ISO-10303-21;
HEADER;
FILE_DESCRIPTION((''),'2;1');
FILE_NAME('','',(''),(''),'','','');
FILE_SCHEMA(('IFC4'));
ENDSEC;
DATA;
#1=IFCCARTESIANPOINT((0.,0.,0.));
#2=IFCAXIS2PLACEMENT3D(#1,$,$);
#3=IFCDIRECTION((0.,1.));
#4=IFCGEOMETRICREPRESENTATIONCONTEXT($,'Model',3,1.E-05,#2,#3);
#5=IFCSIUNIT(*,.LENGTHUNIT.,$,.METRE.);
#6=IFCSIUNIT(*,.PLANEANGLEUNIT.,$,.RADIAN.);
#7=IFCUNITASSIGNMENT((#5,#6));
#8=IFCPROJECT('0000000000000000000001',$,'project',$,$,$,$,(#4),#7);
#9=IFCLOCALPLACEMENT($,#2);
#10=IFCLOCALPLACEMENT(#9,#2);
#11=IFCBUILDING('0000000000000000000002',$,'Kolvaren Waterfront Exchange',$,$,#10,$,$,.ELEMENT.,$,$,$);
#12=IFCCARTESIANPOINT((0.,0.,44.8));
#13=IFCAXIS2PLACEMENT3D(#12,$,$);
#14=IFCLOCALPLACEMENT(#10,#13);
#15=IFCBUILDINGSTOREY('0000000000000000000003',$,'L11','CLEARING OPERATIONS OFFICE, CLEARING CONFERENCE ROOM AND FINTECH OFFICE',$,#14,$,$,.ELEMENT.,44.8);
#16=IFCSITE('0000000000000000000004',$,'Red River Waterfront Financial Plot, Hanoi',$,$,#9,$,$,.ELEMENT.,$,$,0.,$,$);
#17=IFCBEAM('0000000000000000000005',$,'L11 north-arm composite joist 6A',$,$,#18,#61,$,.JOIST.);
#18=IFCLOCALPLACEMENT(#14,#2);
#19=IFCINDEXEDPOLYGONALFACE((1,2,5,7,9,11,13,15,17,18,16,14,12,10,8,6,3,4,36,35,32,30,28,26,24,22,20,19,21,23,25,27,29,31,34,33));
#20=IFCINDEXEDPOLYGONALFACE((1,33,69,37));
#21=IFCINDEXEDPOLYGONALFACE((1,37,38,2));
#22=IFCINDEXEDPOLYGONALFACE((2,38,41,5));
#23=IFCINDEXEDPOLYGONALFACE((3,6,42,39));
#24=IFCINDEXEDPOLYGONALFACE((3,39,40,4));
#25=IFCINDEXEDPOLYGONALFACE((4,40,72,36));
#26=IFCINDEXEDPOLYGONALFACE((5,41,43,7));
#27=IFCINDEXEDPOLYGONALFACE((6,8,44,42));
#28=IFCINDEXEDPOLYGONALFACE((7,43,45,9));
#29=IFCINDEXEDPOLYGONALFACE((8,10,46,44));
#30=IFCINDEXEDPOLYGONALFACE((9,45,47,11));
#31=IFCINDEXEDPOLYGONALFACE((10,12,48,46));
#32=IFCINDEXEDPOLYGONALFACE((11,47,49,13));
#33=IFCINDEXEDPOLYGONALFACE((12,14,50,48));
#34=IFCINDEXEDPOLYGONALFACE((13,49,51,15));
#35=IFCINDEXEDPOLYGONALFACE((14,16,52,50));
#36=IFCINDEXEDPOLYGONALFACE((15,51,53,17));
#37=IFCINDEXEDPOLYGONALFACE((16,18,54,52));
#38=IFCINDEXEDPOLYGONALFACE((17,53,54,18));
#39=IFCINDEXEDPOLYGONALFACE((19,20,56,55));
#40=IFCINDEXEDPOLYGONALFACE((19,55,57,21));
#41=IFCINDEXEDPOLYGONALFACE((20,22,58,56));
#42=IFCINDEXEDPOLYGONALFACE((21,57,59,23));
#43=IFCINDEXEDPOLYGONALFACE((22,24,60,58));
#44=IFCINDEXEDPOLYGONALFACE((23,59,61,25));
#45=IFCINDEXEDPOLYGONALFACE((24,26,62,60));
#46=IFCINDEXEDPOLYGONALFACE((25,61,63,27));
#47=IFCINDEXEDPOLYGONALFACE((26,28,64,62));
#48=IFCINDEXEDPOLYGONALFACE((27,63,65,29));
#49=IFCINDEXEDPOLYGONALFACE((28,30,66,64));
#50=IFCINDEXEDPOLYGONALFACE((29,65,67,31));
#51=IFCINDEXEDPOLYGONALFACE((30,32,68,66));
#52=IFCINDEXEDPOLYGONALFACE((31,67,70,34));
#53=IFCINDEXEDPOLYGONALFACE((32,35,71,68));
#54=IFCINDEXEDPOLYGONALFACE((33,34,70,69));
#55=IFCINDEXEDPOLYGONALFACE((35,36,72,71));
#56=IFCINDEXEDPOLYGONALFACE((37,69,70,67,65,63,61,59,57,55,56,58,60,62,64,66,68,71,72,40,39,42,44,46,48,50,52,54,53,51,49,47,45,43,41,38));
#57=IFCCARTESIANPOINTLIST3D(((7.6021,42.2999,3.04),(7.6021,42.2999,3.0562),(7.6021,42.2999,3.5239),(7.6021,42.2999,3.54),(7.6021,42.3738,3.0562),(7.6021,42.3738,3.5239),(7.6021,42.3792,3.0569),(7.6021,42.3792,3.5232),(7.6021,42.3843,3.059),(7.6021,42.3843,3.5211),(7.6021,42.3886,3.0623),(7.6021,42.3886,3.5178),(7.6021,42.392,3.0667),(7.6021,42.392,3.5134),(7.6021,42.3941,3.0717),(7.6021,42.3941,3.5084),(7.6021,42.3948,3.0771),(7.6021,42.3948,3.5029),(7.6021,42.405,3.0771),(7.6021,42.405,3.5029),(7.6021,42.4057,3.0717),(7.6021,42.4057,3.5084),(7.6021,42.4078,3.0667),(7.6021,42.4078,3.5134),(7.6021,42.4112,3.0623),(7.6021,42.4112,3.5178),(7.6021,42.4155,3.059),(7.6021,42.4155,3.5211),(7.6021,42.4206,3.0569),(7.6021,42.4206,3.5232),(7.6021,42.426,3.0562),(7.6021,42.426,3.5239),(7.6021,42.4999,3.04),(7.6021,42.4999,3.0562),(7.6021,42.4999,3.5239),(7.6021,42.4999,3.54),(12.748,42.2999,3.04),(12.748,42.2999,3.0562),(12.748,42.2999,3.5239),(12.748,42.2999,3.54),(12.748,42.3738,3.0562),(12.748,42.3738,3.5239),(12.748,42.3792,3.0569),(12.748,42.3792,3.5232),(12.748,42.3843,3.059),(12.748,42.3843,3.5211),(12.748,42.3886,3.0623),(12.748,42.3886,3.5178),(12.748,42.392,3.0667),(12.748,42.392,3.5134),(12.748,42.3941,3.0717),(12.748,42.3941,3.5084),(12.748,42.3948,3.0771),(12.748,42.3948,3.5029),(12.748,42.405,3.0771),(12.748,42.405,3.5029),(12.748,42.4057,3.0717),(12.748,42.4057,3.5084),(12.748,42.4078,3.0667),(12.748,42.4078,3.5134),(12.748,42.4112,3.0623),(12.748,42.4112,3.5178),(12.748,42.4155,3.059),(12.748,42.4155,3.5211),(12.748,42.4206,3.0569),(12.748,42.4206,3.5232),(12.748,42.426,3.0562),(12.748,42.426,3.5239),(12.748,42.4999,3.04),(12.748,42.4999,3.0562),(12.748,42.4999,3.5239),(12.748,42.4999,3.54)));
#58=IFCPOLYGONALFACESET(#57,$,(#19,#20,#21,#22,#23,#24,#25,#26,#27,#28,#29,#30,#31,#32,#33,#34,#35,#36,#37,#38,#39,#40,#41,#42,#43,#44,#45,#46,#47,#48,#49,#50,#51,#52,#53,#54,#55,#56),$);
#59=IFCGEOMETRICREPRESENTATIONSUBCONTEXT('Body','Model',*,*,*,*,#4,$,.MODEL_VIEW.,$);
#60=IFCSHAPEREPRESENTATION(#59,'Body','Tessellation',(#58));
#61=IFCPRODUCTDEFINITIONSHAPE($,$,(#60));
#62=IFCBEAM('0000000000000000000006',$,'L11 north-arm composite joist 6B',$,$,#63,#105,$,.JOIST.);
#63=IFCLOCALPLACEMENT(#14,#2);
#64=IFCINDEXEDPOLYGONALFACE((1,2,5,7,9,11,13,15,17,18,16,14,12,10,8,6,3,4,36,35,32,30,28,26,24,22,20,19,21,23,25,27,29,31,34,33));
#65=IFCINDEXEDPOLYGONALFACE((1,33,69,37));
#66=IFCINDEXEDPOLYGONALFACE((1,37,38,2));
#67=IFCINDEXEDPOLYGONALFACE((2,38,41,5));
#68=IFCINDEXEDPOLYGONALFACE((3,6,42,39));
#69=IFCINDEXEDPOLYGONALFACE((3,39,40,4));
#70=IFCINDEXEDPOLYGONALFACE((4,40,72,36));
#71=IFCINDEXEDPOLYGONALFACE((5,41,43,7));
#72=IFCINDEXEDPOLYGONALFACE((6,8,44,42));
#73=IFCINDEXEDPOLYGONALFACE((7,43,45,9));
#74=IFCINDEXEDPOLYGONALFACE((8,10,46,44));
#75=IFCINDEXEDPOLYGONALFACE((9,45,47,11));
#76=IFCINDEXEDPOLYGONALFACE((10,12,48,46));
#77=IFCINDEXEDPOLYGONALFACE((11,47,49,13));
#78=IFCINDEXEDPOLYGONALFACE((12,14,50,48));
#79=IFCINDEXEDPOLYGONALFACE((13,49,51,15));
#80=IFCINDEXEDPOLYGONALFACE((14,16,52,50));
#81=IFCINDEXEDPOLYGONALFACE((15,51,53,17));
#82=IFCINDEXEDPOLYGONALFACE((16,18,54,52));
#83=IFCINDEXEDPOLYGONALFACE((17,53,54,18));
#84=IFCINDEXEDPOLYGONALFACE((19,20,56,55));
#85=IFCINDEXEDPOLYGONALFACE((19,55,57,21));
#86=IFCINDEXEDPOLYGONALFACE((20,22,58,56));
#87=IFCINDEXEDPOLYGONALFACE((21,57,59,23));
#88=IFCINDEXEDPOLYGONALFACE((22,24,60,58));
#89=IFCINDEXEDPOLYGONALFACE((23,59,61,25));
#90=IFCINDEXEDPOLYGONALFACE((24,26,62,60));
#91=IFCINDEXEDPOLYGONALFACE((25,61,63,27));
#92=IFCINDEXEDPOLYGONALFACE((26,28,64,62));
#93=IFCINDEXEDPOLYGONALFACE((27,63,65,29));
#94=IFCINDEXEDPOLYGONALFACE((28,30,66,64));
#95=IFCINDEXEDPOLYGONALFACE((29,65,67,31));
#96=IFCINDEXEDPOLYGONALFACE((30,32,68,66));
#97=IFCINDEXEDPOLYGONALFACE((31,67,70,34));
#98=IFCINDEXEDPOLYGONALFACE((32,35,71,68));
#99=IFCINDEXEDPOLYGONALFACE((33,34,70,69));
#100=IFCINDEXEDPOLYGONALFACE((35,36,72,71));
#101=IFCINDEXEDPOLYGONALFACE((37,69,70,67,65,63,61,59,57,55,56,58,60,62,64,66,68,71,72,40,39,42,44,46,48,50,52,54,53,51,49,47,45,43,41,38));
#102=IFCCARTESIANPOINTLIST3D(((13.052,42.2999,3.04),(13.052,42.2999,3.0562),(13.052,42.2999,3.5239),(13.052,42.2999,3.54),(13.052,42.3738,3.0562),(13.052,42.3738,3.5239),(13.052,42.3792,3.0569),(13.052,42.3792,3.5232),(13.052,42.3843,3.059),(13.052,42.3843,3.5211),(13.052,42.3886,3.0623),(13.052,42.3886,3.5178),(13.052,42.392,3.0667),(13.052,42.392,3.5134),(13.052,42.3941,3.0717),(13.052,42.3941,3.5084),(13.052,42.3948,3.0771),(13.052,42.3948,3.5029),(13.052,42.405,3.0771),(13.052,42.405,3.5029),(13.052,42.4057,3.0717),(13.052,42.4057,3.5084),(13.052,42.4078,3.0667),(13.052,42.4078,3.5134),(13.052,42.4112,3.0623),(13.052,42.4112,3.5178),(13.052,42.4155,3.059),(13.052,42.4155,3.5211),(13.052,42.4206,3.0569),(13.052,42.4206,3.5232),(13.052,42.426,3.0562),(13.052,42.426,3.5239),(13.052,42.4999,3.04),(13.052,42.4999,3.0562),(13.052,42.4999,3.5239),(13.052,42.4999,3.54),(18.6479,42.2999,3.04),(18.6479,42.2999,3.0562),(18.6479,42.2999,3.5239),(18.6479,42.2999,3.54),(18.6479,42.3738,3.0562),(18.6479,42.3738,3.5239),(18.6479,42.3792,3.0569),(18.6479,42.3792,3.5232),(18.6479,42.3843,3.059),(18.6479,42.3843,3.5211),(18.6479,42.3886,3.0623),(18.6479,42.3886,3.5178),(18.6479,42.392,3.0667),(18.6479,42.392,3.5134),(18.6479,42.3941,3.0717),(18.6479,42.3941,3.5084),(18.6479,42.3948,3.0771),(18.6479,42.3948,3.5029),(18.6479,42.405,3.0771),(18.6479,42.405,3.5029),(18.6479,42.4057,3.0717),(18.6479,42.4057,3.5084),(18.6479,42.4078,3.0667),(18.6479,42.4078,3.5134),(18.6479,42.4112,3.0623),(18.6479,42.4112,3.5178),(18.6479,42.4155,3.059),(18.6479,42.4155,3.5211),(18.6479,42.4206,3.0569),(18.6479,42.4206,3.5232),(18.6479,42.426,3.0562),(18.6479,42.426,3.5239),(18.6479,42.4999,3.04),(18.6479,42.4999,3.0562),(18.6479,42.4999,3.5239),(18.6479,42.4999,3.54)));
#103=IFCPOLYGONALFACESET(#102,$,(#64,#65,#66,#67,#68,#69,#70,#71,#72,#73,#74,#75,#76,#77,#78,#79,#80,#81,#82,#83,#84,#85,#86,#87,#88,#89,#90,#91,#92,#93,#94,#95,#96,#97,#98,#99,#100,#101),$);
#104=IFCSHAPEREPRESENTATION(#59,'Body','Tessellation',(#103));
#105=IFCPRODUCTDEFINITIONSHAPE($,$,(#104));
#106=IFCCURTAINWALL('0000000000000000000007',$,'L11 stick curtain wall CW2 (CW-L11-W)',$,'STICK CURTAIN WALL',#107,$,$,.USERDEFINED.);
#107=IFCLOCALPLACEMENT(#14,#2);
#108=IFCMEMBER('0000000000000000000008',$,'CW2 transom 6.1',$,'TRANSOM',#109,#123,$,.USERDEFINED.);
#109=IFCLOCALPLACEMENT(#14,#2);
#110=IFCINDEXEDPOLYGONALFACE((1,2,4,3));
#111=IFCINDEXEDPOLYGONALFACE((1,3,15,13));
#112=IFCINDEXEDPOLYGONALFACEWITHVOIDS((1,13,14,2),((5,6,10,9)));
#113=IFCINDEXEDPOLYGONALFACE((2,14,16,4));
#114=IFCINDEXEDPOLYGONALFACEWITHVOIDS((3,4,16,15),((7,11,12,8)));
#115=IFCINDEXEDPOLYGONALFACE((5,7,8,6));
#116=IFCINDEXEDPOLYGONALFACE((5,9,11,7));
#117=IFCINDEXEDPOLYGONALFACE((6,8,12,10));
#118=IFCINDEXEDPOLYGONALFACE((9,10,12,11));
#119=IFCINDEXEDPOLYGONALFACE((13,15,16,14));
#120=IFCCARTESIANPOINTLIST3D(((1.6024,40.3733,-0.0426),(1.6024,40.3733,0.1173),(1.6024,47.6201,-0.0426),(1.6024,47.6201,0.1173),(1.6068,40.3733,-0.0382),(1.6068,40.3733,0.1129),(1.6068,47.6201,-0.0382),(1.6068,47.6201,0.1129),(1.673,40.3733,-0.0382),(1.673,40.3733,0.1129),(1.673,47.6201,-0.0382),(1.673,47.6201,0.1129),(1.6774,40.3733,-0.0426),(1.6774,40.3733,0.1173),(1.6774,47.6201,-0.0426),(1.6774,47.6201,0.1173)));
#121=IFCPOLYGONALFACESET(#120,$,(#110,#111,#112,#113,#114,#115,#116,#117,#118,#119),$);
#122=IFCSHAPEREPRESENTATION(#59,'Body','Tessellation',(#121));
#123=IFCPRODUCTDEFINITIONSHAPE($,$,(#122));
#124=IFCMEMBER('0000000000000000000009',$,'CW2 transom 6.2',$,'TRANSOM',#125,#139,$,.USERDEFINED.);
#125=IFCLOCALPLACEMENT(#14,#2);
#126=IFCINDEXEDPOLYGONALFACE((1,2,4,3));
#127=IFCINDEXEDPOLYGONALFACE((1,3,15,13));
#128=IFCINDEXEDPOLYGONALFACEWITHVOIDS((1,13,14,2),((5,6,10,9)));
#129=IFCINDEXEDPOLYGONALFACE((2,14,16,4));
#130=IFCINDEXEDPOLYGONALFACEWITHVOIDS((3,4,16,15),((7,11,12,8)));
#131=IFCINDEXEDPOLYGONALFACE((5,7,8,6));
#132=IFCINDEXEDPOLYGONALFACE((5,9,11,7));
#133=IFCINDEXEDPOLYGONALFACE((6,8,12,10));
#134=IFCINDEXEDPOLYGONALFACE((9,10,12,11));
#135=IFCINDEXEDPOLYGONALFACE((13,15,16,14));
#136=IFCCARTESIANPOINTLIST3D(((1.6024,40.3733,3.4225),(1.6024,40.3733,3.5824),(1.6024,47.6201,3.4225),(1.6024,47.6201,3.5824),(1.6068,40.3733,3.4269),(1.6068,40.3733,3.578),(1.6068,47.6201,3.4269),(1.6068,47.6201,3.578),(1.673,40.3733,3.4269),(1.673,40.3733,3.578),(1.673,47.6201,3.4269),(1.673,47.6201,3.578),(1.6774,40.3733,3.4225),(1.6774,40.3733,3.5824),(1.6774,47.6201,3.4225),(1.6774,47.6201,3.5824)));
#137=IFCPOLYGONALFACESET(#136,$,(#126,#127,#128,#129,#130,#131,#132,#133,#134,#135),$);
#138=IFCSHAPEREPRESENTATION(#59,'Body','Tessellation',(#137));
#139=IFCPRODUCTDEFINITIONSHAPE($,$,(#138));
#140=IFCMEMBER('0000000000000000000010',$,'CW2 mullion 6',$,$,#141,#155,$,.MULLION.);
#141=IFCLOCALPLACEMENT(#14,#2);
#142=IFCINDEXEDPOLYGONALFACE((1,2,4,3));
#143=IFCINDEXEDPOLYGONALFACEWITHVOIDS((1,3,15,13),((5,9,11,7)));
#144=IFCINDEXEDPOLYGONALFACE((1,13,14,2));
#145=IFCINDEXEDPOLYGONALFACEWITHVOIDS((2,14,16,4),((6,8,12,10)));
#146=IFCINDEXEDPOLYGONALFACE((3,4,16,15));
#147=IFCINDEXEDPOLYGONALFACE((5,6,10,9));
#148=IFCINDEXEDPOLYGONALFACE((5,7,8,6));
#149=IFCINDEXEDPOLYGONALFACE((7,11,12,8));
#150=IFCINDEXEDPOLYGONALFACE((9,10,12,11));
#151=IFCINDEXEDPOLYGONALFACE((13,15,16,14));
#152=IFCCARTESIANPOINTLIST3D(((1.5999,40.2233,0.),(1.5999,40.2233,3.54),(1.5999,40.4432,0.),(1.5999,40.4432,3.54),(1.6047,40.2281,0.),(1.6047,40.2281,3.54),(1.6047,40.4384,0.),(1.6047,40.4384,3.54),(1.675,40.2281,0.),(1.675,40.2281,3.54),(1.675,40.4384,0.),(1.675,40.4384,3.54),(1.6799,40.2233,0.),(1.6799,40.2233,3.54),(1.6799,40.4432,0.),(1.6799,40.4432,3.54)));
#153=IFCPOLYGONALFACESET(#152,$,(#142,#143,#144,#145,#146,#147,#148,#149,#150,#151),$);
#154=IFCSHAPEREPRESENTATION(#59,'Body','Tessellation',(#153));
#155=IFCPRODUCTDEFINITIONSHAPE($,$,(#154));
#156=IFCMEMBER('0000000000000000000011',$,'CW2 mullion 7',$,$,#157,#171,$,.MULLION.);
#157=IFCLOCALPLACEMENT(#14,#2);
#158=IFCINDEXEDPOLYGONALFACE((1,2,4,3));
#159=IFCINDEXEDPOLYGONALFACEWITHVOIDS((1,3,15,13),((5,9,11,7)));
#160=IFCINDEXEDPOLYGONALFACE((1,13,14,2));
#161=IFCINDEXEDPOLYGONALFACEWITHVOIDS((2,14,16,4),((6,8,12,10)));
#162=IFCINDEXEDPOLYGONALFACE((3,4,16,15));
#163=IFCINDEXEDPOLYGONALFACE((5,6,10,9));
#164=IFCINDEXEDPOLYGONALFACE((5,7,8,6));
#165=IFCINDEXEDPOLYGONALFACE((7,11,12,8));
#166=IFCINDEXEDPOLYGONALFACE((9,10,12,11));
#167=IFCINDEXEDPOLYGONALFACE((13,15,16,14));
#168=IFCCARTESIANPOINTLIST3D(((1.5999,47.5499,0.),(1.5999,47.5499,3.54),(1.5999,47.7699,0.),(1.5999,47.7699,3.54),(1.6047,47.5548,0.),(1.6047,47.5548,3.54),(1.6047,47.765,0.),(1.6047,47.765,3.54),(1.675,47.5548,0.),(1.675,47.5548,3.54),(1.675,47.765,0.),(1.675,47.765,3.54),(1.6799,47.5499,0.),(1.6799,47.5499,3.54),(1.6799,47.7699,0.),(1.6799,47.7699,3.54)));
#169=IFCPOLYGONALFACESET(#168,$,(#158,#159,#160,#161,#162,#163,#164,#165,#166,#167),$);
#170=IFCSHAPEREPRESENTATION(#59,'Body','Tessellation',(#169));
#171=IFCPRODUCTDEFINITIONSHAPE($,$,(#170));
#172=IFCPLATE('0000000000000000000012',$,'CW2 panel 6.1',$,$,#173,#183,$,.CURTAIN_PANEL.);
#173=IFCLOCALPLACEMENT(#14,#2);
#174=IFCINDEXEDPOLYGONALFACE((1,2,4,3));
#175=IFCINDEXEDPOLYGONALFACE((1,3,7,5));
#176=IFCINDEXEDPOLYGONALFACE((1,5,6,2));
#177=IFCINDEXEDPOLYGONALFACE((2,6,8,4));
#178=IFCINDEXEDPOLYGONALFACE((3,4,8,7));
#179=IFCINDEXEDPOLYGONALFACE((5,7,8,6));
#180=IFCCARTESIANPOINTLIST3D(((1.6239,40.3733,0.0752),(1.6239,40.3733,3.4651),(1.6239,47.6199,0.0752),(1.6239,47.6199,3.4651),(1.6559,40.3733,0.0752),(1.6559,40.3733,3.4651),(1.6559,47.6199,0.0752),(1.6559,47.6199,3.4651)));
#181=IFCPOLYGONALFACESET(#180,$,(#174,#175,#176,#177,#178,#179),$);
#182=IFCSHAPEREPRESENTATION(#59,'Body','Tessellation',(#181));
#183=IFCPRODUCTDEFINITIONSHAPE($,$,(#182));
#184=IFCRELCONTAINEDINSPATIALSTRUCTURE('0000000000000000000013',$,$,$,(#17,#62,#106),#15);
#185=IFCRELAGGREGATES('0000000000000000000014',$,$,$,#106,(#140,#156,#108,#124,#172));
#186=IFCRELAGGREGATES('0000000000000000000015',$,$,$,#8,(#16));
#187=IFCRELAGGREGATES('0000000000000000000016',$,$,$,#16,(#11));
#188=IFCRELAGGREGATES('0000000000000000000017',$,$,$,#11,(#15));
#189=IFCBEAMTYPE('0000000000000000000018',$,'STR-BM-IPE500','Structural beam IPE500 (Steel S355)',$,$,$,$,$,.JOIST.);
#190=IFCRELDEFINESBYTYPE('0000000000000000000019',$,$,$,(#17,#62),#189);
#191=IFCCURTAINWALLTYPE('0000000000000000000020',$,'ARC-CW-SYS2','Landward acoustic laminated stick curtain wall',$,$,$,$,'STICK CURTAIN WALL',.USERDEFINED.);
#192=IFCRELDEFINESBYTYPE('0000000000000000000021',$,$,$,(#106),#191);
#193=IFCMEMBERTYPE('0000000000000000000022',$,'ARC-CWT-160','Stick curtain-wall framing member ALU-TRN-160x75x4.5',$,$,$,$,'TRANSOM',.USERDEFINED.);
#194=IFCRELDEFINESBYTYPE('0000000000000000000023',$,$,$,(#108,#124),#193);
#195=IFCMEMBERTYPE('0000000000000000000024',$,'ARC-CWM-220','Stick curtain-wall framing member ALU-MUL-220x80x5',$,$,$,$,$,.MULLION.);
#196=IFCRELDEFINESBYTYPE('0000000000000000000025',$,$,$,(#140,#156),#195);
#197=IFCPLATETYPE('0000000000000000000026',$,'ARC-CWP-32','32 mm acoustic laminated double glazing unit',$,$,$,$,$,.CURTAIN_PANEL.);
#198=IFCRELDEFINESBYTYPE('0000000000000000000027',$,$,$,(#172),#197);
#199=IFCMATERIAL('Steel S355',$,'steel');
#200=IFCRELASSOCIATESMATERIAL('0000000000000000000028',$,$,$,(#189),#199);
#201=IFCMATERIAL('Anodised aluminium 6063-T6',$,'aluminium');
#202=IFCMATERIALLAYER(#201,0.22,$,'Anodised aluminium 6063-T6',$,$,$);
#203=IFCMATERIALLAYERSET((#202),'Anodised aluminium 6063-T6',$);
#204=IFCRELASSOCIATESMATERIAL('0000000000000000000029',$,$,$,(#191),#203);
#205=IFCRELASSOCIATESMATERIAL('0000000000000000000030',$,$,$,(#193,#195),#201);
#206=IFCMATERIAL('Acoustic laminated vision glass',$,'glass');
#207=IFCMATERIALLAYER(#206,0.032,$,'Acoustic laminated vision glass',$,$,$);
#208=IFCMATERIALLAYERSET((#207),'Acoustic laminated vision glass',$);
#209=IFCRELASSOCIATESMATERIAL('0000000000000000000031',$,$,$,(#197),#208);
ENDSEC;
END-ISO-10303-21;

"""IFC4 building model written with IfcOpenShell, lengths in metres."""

from ifc_helpers import new_model, si_unit, direction, frame, origin, origin_with_axes, origin_2d, place, context, subcontext, project, spatial, rectangle, hollow_rectangle, i_section, extrude, source, transform, mapped, material, layer, layer_set, material_profile, profile_set, type_object, element, aggregate, save


model = new_model("IFC4")

# Units and contexts
model_context = context("Model", 3, precision=1e-05, world=origin(), true_north=direction((0.0, 1.0)))
body_context = subcontext(model_context, "Body", "Model", "MODEL_VIEW")
ifc_project = project(units=[si_unit("LENGTHUNIT", "METRE"), si_unit("PLANEANGLEUNIT", "RADIAN")], contexts=[model_context])

# Site, building, storey
site_placement = place(None, origin())
site = spatial("IfcSite", under=ifc_project, at=site_placement, Name="Red River Waterfront Financial Plot, Hanoi", CompositionType="ELEMENT", RefElevation=0.0)
building_placement = place(site_placement, origin())
building = spatial("IfcBuilding", under=site, at=building_placement, Name="Kolvaren Waterfront Exchange", CompositionType="ELEMENT")
storey_placement = place(building_placement, frame((0.0, 0.0, 44.8)))
storey = spatial("IfcBuildingStorey", under=building, at=storey_placement, Name="L11", Description="CLEARING OPERATIONS OFFICE, CLEARING CONFERENCE ROOM AND FINTECH OFFICE", CompositionType="ELEMENT", Elevation=44.8)

# Beams
ifc_material_1 = material(Name="Steel S355", Category="steel")
ifc_material_profile_1 = material_profile(ifc_material_1, i_section(OverallWidth=0.2, OverallDepth=0.5, WebThickness=0.0103, FlangeThickness=0.0161, FilletRadius=0.021, at=origin_2d()), Name="IPE500")
ifc_profile_set_1 = profile_set([ifc_material_profile_1], Name="Steel S355")
beam_type_1 = type_object("IfcBeamType", Name="STR-BM-IPE500", Description="Structural beam IPE500 (Steel S355)", PredefinedType="JOIST", material=ifc_profile_set_1)
beam_1_placement = place(storey_placement, frame((7.6021, 42.3999, 3.29), z_axis=(1.0, 0.0, 0.0), x_axis=(0.0, 1.0, 0.0)))
element("IfcBeam", 1, at=beam_1_placement, inside=storey, type_object=beam_type_1, Name="L11 north-arm composite joist 6A", PredefinedType="JOIST", context=body_context, shape_type="SweptSolid", body=[
    extrude(i_section(OverallWidth=0.2, OverallDepth=0.5, WebThickness=0.0103, FlangeThickness=0.0161, FilletRadius=0.021, at=origin_2d()), origin(), (0.0, 0.0, 1.0), 5.146),
])
beam_2_placement = place(storey_placement, frame((13.052, 42.3999, 3.29), z_axis=(1.0, 0.0, 0.0), x_axis=(0.0, 1.0, 0.0)))
element("IfcBeam", 2, at=beam_2_placement, inside=storey, type_object=beam_type_1, Name="L11 north-arm composite joist 6B", PredefinedType="JOIST", context=body_context, shape_type="SweptSolid", body=[
    extrude(i_section(OverallWidth=0.2, OverallDepth=0.5, WebThickness=0.0103, FlangeThickness=0.0161, FilletRadius=0.021, at=origin_2d()), origin(), (0.0, 0.0, 1.0), 5.5959),
])

# Curtain wall, members, plate
ifc_material_2 = material(Name="Anodised aluminium 6063-T6", Category="aluminium")
ifc_layer_1 = layer(ifc_material_2, 0.22, Name="Anodised aluminium 6063-T6")
ifc_layer_set_1 = layer_set([ifc_layer_1], Name="Anodised aluminium 6063-T6")
curtain_wall_type = type_object("IfcCurtainWallType", Name="ARC-CW-SYS2", Description="Landward acoustic laminated stick curtain wall", ElementType="STICK CURTAIN WALL", PredefinedType="USERDEFINED", material=ifc_layer_set_1)
curtain_wall_placement = place(storey_placement, origin())
curtain_wall = element("IfcCurtainWall", 3, at=curtain_wall_placement, inside=storey, type_object=curtain_wall_type, Name="L11 stick curtain wall CW2 (CW-L11-W)", ObjectType="STICK CURTAIN WALL", PredefinedType="USERDEFINED")
ifc_material_profile_2 = material_profile(ifc_material_2, hollow_rectangle(XDim=0.075, YDim=0.1599, WallThickness=0.0044, at=origin_2d()), Name="ALU-TRN-160x75x4.5")
ifc_profile_set_2 = profile_set([ifc_material_profile_2], Name="Anodised aluminium 6063-T6")
member_type_1 = type_object("IfcMemberType", Name="ARC-CWT-160", Description="Stick curtain-wall framing member ALU-TRN-160x75x4.5", ElementType="TRANSOM", PredefinedType="USERDEFINED", material=ifc_profile_set_2)
shared_shape_1 = source(origin_with_axes(), body_context, "Body", "SweptSolid", [
    extrude(hollow_rectangle(XDim=0.075, YDim=0.1599, WallThickness=0.0044, at=origin_2d()), origin(), (0.0, 0.0, 1.0), 7.2468),
])
member_1_placement = place(storey_placement, frame((1.6399, 40.3733, 0.0374), z_axis=(0.0, 1.0, 0.0), x_axis=(-1.0, 0.0, 0.0)))
member_1 = element("IfcMember", 4, at=member_1_placement, type_object=member_type_1, Name="CW2 transom 6.1", ObjectType="TRANSOM", PredefinedType="USERDEFINED", context=body_context, shape_type="MappedRepresentation", body=[
    mapped(shared_shape_1, transform((0.0, 0.0, 0.0), x_axis=(1.0, 0.0, 0.0), y_axis=(0.0, 1.0, 0.0), z_axis=(0.0, 0.0, 1.0), scale=1.0)),
])
member_2_placement = place(storey_placement, frame((1.6399, 40.3733, 3.5024), z_axis=(0.0, 1.0, 0.0), x_axis=(-1.0, 0.0, 0.0)))
member_2 = element("IfcMember", 5, at=member_2_placement, type_object=member_type_1, Name="CW2 transom 6.2", ObjectType="TRANSOM", PredefinedType="USERDEFINED", context=body_context, shape_type="MappedRepresentation", body=[
    mapped(shared_shape_1, transform((0.0, 0.0, 0.0), x_axis=(1.0, 0.0, 0.0), y_axis=(0.0, 1.0, 0.0), z_axis=(0.0, 0.0, 1.0), scale=1.0)),
])
ifc_material_profile_3 = material_profile(ifc_material_2, hollow_rectangle(XDim=0.0801, YDim=0.22, WallThickness=0.0049, at=origin_2d()), Name="ALU-MUL-220x80x5")
ifc_profile_set_3 = profile_set([ifc_material_profile_3], Name="Anodised aluminium 6063-T6")
member_type_2 = type_object("IfcMemberType", Name="ARC-CWM-220", Description="Stick curtain-wall framing member ALU-MUL-220x80x5", PredefinedType="MULLION", material=ifc_profile_set_3)
shared_shape_2 = source(origin_with_axes(), body_context, "Body", "SweptSolid", [
    extrude(hollow_rectangle(XDim=0.0801, YDim=0.22, WallThickness=0.0049, at=origin_2d()), origin(), (0.0, 0.0, 1.0), 3.54),
])
member_3_placement = place(storey_placement, frame((1.6399, 40.3333, 0.0), z_axis=(0.0, 0.0, 1.0), x_axis=(-1.0, 0.0, 0.0)))
member_3 = element("IfcMember", 6, at=member_3_placement, type_object=member_type_2, Name="CW2 mullion 6", PredefinedType="MULLION", context=body_context, shape_type="MappedRepresentation", body=[
    mapped(shared_shape_2, transform((0.0, 0.0, 0.0), x_axis=(1.0, 0.0, 0.0), y_axis=(0.0, 1.0, 0.0), z_axis=(0.0, 0.0, 1.0), scale=1.0)),
])
member_4_placement = place(storey_placement, frame((1.6399, 47.6599, 0.0), z_axis=(0.0, 0.0, 1.0), x_axis=(-1.0, 0.0, 0.0)))
member_4 = element("IfcMember", 7, at=member_4_placement, type_object=member_type_2, Name="CW2 mullion 7", PredefinedType="MULLION", context=body_context, shape_type="MappedRepresentation", body=[
    mapped(shared_shape_2, transform((0.0, 0.0, 0.0), x_axis=(1.0, 0.0, 0.0), y_axis=(0.0, 1.0, 0.0), z_axis=(0.0, 0.0, 1.0), scale=1.0)),
])
ifc_material_3 = material(Name="Acoustic laminated vision glass", Category="glass")
ifc_layer_2 = layer(ifc_material_3, 0.032, Name="Acoustic laminated vision glass")
ifc_layer_set_2 = layer_set([ifc_layer_2], Name="Acoustic laminated vision glass")
plate_type = type_object("IfcPlateType", Name="ARC-CWP-32", Description="32 mm acoustic laminated double glazing unit", PredefinedType="CURTAIN_PANEL", material=ifc_layer_set_2)
shared_shape_3 = source(origin_with_axes(), body_context, "Body", "SweptSolid", [
    extrude(rectangle(XDim=7.2466, YDim=0.032, at=origin_2d()), origin(), (0.0, 0.0, 1.0), 3.3899),
])
plate_placement = place(storey_placement, frame((1.6399, 43.9966, 0.0752), z_axis=(0.0, 0.0, 1.0), x_axis=(0.0, 1.0, 0.0)))
plate = element("IfcPlate", 8, at=plate_placement, type_object=plate_type, Name="CW2 panel 6.1", PredefinedType="CURTAIN_PANEL", context=body_context, shape_type="MappedRepresentation", body=[
    mapped(shared_shape_3, transform((0.0, 0.0, 0.0), x_axis=(1.0, 0.0, 0.0), y_axis=(0.0, 1.0, 0.0), z_axis=(0.0, 0.0, 1.0), scale=1.0)),
])
aggregate(curtain_wall, [member_3, member_4, member_1, member_2, plate])

save(model, "model.ifc")
